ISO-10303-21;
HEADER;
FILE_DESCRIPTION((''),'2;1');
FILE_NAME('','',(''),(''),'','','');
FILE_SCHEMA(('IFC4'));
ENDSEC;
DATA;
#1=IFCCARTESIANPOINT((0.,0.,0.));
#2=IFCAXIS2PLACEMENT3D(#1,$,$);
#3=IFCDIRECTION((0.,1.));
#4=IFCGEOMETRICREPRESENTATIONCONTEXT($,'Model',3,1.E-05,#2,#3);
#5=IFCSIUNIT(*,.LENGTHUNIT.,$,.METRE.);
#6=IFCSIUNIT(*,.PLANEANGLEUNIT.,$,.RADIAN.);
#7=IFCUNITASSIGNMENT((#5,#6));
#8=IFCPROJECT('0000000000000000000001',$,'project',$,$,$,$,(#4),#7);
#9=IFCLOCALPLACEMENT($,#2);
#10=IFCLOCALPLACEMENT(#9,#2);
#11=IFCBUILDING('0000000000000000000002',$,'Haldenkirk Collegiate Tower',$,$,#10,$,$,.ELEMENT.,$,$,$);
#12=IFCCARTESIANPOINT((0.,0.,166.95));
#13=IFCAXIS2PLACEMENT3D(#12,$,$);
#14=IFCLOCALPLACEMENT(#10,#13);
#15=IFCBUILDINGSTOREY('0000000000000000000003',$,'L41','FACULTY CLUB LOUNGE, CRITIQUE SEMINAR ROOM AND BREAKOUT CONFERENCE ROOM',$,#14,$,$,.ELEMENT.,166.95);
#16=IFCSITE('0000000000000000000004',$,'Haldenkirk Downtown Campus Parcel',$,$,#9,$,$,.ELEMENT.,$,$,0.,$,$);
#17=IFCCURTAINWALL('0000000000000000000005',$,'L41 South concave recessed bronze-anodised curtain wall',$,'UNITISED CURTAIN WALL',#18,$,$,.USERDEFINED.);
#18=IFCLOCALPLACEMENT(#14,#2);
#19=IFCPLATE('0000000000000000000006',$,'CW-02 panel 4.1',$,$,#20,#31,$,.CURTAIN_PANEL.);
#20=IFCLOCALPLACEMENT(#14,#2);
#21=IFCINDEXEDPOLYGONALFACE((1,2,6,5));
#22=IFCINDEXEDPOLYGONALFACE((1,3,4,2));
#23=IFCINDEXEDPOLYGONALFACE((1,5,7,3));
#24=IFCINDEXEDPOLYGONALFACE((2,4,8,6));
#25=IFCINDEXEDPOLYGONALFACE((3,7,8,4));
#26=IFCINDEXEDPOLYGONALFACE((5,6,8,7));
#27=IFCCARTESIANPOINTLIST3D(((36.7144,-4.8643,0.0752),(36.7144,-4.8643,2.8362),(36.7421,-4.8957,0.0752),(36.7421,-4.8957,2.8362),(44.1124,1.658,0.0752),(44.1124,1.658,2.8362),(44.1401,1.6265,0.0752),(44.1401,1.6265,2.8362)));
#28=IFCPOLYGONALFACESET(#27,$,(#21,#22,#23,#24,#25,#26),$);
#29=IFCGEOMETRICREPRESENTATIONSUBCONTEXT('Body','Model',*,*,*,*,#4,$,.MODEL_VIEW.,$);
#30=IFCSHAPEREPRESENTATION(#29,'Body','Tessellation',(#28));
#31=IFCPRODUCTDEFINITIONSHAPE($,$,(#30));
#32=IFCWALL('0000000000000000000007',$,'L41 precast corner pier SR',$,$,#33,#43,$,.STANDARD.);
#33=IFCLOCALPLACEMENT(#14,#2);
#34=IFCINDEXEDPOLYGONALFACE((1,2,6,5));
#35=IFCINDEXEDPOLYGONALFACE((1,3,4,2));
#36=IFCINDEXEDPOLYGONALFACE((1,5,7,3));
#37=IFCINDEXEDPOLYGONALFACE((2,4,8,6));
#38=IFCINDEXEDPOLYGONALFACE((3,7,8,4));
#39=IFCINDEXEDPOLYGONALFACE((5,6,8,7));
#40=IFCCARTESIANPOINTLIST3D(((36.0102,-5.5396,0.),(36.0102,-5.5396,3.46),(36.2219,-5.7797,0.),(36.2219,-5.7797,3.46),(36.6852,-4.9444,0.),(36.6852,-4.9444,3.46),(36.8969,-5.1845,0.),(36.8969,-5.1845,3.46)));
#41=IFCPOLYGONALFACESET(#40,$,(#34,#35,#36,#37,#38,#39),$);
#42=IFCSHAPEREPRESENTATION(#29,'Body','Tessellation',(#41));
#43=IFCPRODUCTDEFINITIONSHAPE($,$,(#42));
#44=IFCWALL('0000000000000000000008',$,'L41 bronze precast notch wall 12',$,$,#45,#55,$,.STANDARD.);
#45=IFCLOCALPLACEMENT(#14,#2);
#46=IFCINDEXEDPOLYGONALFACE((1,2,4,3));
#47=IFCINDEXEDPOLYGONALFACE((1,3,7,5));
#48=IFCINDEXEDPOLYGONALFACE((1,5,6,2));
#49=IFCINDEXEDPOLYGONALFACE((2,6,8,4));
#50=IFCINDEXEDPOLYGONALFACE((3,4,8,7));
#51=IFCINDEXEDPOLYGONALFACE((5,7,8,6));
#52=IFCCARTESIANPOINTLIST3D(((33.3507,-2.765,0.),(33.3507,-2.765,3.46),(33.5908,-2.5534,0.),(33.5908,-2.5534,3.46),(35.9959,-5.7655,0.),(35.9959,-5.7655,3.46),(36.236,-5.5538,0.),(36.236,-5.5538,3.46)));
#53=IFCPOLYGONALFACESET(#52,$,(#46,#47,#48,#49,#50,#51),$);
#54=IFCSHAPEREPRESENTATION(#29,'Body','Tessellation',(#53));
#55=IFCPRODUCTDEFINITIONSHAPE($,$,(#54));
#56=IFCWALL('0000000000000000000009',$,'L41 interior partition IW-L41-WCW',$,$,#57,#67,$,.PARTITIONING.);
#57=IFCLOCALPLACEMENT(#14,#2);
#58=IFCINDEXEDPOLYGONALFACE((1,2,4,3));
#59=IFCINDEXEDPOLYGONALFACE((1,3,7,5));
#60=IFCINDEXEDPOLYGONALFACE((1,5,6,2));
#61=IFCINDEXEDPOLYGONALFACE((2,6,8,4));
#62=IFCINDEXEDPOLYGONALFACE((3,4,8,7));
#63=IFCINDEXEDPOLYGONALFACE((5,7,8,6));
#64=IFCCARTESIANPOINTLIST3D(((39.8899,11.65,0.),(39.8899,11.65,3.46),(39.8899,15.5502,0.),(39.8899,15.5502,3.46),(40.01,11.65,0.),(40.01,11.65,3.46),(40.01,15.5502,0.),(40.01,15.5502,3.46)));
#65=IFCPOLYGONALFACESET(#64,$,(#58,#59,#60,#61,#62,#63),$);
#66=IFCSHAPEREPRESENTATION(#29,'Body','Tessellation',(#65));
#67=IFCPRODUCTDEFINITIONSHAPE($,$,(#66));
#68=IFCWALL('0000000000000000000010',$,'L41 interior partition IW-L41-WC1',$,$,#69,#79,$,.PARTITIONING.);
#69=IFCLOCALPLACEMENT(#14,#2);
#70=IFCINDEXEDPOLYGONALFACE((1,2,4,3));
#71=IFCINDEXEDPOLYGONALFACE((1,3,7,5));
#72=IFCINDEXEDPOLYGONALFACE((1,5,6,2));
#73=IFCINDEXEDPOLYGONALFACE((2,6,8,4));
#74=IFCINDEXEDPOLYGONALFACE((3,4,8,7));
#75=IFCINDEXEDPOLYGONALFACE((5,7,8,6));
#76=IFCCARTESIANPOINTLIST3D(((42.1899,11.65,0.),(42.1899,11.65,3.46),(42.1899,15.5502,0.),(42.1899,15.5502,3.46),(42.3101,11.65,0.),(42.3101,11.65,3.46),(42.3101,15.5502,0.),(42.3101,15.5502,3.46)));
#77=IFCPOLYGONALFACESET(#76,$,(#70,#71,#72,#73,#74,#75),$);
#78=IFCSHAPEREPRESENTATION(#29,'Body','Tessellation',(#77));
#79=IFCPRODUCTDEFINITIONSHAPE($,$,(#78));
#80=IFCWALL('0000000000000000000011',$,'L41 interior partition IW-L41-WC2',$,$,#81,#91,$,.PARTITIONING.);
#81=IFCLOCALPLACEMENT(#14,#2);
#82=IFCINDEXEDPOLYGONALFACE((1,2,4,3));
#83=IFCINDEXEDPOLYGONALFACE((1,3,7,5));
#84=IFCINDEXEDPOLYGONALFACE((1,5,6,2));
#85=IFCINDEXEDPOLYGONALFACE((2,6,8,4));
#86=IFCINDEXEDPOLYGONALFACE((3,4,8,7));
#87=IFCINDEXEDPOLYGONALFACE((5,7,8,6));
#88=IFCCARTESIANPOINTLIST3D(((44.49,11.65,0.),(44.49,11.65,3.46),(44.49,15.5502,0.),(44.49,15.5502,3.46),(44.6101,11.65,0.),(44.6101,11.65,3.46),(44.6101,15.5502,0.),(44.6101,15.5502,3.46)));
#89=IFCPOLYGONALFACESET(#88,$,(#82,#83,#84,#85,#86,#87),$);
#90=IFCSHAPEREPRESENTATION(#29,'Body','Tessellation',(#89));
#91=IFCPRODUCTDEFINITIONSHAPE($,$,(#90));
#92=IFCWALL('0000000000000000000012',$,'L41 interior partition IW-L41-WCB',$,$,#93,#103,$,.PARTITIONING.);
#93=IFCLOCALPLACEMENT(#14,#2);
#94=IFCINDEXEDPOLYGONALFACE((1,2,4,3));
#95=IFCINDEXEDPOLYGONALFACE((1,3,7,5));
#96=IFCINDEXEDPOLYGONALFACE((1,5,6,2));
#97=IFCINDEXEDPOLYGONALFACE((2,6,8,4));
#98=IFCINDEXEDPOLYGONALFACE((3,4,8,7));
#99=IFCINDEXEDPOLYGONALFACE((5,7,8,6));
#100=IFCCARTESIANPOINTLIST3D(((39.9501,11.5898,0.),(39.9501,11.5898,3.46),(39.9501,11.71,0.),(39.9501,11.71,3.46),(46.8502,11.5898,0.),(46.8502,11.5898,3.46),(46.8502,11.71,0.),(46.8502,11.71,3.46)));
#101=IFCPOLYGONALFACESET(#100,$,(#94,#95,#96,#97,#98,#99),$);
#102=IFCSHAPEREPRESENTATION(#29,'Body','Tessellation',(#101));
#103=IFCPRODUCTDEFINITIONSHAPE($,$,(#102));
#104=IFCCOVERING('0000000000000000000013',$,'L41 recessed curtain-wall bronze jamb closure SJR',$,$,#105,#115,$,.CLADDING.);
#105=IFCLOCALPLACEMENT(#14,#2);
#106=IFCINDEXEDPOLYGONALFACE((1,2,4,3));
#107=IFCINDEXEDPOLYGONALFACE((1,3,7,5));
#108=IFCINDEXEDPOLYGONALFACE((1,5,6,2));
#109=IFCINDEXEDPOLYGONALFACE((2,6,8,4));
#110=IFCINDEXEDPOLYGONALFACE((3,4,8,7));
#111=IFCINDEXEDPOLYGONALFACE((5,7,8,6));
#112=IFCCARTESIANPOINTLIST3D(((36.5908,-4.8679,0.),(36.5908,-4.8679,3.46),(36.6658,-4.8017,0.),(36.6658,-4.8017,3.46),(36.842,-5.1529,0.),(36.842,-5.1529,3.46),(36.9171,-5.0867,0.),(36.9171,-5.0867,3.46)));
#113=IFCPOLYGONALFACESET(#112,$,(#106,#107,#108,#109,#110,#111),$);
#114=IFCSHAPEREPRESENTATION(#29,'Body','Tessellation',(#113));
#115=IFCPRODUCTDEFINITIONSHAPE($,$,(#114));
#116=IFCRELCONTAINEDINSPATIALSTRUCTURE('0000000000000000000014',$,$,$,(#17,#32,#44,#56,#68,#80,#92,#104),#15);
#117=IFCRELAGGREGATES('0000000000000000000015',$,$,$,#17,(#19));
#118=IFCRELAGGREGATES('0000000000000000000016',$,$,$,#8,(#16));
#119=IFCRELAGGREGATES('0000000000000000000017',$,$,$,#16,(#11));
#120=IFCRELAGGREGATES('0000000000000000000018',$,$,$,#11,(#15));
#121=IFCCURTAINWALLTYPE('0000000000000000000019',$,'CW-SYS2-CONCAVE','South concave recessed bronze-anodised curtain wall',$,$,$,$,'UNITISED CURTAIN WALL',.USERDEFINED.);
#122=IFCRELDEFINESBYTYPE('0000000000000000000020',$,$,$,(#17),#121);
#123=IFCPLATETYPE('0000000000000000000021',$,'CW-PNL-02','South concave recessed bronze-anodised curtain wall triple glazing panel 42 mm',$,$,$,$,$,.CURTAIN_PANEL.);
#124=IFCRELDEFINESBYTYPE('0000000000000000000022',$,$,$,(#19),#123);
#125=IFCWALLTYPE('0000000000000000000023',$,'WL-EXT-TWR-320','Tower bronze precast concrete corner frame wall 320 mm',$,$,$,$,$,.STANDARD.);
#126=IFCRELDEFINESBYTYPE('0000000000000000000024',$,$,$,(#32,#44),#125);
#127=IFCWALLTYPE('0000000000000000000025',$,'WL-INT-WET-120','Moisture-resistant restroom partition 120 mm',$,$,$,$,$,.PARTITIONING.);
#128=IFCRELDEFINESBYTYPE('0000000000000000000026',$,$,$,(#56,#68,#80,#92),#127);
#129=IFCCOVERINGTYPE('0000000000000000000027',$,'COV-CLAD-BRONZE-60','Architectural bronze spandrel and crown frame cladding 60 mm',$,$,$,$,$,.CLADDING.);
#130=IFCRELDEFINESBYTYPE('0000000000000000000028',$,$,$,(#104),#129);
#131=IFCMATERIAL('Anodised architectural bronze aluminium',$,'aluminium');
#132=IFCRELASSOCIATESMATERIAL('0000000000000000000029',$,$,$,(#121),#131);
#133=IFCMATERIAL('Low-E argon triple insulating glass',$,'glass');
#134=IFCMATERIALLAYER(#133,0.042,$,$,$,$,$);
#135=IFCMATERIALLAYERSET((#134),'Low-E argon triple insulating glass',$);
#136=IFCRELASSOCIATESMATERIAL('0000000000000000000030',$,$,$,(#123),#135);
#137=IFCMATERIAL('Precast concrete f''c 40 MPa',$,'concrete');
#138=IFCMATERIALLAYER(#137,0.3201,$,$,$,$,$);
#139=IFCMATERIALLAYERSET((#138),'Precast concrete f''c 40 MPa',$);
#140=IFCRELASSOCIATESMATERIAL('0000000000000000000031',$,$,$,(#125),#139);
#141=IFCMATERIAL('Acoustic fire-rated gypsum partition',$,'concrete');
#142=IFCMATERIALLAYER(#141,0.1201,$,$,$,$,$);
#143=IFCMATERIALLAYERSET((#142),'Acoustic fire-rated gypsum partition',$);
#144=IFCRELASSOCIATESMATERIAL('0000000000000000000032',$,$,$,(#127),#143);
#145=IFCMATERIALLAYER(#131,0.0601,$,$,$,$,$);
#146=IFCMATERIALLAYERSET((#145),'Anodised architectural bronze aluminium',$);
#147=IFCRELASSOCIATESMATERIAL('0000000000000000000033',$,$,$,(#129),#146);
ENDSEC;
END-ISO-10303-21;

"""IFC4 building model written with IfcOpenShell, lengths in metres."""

from ifc_helpers import new_model, si_unit, direction, frame, frame_2d, origin, origin_2d, place, context, subcontext, project, spatial, rectangle, extrude, source, transform, mapped, material, layer, layer_set, type_object, element, aggregate, save


model = new_model("IFC4")

# Units and contexts
model_context = context("Model", 3, precision=1e-05, world=origin(), true_north=direction((0.0, 1.0)))
body_context = subcontext(model_context, "Body", "Model", "MODEL_VIEW")
ifc_project = project(units=[si_unit("LENGTHUNIT", "METRE"), si_unit("PLANEANGLEUNIT", "RADIAN")], contexts=[model_context])

# Site, building, storey
site_placement = place(None, origin())
site = spatial("IfcSite", under=ifc_project, at=site_placement, Name="Haldenkirk Downtown Campus Parcel", CompositionType="ELEMENT", RefElevation=0.0)
building_placement = place(site_placement, origin())
building = spatial("IfcBuilding", under=site, at=building_placement, Name="Haldenkirk Collegiate Tower", CompositionType="ELEMENT")
storey_placement = place(building_placement, frame((0.0, 0.0, 166.95)))
storey = spatial("IfcBuildingStorey", under=building, at=storey_placement, Name="L41", Description="FACULTY CLUB LOUNGE, CRITIQUE SEMINAR ROOM AND BREAKOUT CONFERENCE ROOM", CompositionType="ELEMENT", Elevation=166.95)

# Curtain wall, plate
ifc_material_1 = material(Name="Anodised architectural bronze aluminium", Category="aluminium")
curtain_wall_type = type_object("IfcCurtainWallType", Name="CW-SYS2-CONCAVE", Description="South concave recessed bronze-anodised curtain wall", ElementType="UNITISED CURTAIN WALL", PredefinedType="USERDEFINED", material=ifc_material_1)
curtain_wall_placement = place(storey_placement, origin())
curtain_wall = element("IfcCurtainWall", 1, at=curtain_wall_placement, inside=storey, type_object=curtain_wall_type, Name="L41 South concave recessed bronze-anodised curtain wall", ObjectType="UNITISED CURTAIN WALL", PredefinedType="USERDEFINED")
ifc_material_2 = material(Name="Low-E argon triple insulating glass", Category="glass")
ifc_layer_1 = layer(ifc_material_2, 0.042)
ifc_layer_set_1 = layer_set([ifc_layer_1], Name="Low-E argon triple insulating glass")
plate_type = type_object("IfcPlateType", Name="CW-PNL-02", Description="South concave recessed bronze-anodised curtain wall triple glazing panel 42 mm", PredefinedType="CURTAIN_PANEL", material=ifc_layer_set_1)
shared_shape_1 = source(origin(), body_context, "Body", "SweptSolid", [
    extrude(rectangle(XDim=9.8625, YDim=0.042, at=origin_2d()), origin(), (0.0, 0.0, 1.0), 2.761),
])
plate_placement = place(storey_placement, frame((40.4272, -1.6189, 0.0752), z_axis=(0.0, 0.0, 1.0), x_axis=(-0.750112, -0.66131, 0.0)))
plate = element("IfcPlate", 2, at=plate_placement, type_object=plate_type, Name="CW-02 panel 4.1", PredefinedType="CURTAIN_PANEL", context=body_context, shape_type="MappedRepresentation", body=[
    mapped(shared_shape_1, transform((0.0, 0.0, 0.0), x_axis=(1.0, 0.0, 0.0), y_axis=(0.0, 1.0, 0.0), z_axis=(0.0, 0.0, 1.0), scale=1.0)),
])
aggregate(curtain_wall, [plate])

# Walls
ifc_material_3 = material(Name="Precast concrete f'c 40 MPa", Category="concrete")
ifc_layer_2 = layer(ifc_material_3, 0.3201)
ifc_layer_set_2 = layer_set([ifc_layer_2], Name="Precast concrete f'c 40 MPa")
wall_type_1 = type_object("IfcWallType", Name="WL-EXT-TWR-320", Description="Tower bronze precast concrete corner frame wall 320 mm", PredefinedType="STANDARD", material=ifc_layer_set_2)
wall_1_placement = place(storey_placement, frame((36.791, -5.0645, 0.0), z_axis=(0.0, 0.0, 1.0), x_axis=(-0.750067, -0.661361, 0.0)))
element("IfcWall", 3, at=wall_1_placement, inside=storey, type_object=wall_type_1, Name="L41 precast corner pier SR", PredefinedType="STANDARD", context=body_context, shape_type="SweptSolid", body=[
    extrude(rectangle(XDim=0.8999, YDim=0.3201, at=frame_2d((0.45, 0.0))), origin(), (0.0, 0.0, 1.0), 3.46),
])
wall_2_placement = place(storey_placement, frame((36.116, -5.6597, 0.0), z_axis=(0.0, 0.0, 1.0), x_axis=(-0.661309, 0.750114, 0.0)))
element("IfcWall", 4, at=wall_2_placement, inside=storey, type_object=wall_type_1, Name="L41 bronze precast notch wall 12", PredefinedType="STANDARD", context=body_context, shape_type="SweptSolid", body=[
    extrude(rectangle(XDim=4.0, YDim=0.3201, at=frame_2d((2.0, 0.0))), origin(), (0.0, 0.0, 1.0), 3.46),
])
ifc_material_4 = material(Name="Acoustic fire-rated gypsum partition", Category="concrete")
ifc_layer_3 = layer(ifc_material_4, 0.1201)
ifc_layer_set_3 = layer_set([ifc_layer_3], Name="Acoustic fire-rated gypsum partition")
wall_type_2 = type_object("IfcWallType", Name="WL-INT-WET-120", Description="Moisture-resistant restroom partition 120 mm", PredefinedType="PARTITIONING", material=ifc_layer_set_3)
for number, where, z_axis, x_axis, name in (
    (5, (39.95, 11.6499, 0.0), (0.0, 0.0, 1.0), (0.0, 1.0, 0.0), "L41 interior partition IW-L41-WCW"),
    (6, (42.25, 11.6499, 0.0), (0.0, 0.0, 1.0), (0.0, 1.0, 0.0), "L41 interior partition IW-L41-WC1"),
    (7, (44.55, 11.6499, 0.0), (0.0, 0.0, 1.0), (0.0, 1.0, 0.0), "L41 interior partition IW-L41-WC2"),
):
    element("IfcWall", number, at=place(storey_placement, frame(where, z_axis=z_axis, x_axis=x_axis)), inside=storey, type_object=wall_type_2, Name=name, PredefinedType="PARTITIONING", context=body_context, shape_type="SweptSolid", body=[
        extrude(rectangle(XDim=3.9001, YDim=0.1201, at=frame_2d((1.9502, 0.0))), origin(), (0.0, 0.0, 1.0), 3.46),
    ])
wall_3_placement = place(storey_placement, frame((39.95, 11.6499, 0.0), z_axis=(0.0, 0.0, 1.0), x_axis=(1.0, 0.0, 0.0)))
element("IfcWall", 8, at=wall_3_placement, inside=storey, type_object=wall_type_2, Name="L41 interior partition IW-L41-WCB", PredefinedType="PARTITIONING", context=body_context, shape_type="SweptSolid", body=[
    extrude(rectangle(XDim=6.9001, YDim=0.1201, at=frame_2d((3.4502, 0.0))), origin(), (0.0, 0.0, 1.0), 3.46),
])

# Covering
ifc_layer_4 = layer(ifc_material_1, 0.0601)
ifc_layer_set_4 = layer_set([ifc_layer_4], Name="Anodised architectural bronze aluminium")
covering_type = type_object("IfcCoveringType", Name="COV-CLAD-BRONZE-60", Description="Architectural bronze spandrel and crown frame cladding 60 mm", PredefinedType="CLADDING", material=ifc_layer_set_4)
shared_shape_2 = source(origin(), body_context, "Body", "SweptSolid", [
    extrude(rectangle(XDim=0.1001, YDim=0.3799, at=origin_2d()), origin(), (0.0, 0.0, 1.0), 3.46),
])
covering_placement = place(storey_placement, frame((36.7539, -4.9773, 0.0), z_axis=(0.0, 0.0, 1.0), x_axis=(-0.750111, -0.661312, 0.0)))
element("IfcCovering", 9, at=covering_placement, inside=storey, type_object=covering_type, Name="L41 recessed curtain-wall bronze jamb closure SJR", PredefinedType="CLADDING", context=body_context, shape_type="MappedRepresentation", body=[
    mapped(shared_shape_2, transform((0.0, 0.0, 0.0), x_axis=(1.0, 0.0, 0.0), y_axis=(0.0, 1.0, 0.0), z_axis=(0.0, 0.0, 1.0), scale=1.0)),
])

save(model, "model.ifc")
